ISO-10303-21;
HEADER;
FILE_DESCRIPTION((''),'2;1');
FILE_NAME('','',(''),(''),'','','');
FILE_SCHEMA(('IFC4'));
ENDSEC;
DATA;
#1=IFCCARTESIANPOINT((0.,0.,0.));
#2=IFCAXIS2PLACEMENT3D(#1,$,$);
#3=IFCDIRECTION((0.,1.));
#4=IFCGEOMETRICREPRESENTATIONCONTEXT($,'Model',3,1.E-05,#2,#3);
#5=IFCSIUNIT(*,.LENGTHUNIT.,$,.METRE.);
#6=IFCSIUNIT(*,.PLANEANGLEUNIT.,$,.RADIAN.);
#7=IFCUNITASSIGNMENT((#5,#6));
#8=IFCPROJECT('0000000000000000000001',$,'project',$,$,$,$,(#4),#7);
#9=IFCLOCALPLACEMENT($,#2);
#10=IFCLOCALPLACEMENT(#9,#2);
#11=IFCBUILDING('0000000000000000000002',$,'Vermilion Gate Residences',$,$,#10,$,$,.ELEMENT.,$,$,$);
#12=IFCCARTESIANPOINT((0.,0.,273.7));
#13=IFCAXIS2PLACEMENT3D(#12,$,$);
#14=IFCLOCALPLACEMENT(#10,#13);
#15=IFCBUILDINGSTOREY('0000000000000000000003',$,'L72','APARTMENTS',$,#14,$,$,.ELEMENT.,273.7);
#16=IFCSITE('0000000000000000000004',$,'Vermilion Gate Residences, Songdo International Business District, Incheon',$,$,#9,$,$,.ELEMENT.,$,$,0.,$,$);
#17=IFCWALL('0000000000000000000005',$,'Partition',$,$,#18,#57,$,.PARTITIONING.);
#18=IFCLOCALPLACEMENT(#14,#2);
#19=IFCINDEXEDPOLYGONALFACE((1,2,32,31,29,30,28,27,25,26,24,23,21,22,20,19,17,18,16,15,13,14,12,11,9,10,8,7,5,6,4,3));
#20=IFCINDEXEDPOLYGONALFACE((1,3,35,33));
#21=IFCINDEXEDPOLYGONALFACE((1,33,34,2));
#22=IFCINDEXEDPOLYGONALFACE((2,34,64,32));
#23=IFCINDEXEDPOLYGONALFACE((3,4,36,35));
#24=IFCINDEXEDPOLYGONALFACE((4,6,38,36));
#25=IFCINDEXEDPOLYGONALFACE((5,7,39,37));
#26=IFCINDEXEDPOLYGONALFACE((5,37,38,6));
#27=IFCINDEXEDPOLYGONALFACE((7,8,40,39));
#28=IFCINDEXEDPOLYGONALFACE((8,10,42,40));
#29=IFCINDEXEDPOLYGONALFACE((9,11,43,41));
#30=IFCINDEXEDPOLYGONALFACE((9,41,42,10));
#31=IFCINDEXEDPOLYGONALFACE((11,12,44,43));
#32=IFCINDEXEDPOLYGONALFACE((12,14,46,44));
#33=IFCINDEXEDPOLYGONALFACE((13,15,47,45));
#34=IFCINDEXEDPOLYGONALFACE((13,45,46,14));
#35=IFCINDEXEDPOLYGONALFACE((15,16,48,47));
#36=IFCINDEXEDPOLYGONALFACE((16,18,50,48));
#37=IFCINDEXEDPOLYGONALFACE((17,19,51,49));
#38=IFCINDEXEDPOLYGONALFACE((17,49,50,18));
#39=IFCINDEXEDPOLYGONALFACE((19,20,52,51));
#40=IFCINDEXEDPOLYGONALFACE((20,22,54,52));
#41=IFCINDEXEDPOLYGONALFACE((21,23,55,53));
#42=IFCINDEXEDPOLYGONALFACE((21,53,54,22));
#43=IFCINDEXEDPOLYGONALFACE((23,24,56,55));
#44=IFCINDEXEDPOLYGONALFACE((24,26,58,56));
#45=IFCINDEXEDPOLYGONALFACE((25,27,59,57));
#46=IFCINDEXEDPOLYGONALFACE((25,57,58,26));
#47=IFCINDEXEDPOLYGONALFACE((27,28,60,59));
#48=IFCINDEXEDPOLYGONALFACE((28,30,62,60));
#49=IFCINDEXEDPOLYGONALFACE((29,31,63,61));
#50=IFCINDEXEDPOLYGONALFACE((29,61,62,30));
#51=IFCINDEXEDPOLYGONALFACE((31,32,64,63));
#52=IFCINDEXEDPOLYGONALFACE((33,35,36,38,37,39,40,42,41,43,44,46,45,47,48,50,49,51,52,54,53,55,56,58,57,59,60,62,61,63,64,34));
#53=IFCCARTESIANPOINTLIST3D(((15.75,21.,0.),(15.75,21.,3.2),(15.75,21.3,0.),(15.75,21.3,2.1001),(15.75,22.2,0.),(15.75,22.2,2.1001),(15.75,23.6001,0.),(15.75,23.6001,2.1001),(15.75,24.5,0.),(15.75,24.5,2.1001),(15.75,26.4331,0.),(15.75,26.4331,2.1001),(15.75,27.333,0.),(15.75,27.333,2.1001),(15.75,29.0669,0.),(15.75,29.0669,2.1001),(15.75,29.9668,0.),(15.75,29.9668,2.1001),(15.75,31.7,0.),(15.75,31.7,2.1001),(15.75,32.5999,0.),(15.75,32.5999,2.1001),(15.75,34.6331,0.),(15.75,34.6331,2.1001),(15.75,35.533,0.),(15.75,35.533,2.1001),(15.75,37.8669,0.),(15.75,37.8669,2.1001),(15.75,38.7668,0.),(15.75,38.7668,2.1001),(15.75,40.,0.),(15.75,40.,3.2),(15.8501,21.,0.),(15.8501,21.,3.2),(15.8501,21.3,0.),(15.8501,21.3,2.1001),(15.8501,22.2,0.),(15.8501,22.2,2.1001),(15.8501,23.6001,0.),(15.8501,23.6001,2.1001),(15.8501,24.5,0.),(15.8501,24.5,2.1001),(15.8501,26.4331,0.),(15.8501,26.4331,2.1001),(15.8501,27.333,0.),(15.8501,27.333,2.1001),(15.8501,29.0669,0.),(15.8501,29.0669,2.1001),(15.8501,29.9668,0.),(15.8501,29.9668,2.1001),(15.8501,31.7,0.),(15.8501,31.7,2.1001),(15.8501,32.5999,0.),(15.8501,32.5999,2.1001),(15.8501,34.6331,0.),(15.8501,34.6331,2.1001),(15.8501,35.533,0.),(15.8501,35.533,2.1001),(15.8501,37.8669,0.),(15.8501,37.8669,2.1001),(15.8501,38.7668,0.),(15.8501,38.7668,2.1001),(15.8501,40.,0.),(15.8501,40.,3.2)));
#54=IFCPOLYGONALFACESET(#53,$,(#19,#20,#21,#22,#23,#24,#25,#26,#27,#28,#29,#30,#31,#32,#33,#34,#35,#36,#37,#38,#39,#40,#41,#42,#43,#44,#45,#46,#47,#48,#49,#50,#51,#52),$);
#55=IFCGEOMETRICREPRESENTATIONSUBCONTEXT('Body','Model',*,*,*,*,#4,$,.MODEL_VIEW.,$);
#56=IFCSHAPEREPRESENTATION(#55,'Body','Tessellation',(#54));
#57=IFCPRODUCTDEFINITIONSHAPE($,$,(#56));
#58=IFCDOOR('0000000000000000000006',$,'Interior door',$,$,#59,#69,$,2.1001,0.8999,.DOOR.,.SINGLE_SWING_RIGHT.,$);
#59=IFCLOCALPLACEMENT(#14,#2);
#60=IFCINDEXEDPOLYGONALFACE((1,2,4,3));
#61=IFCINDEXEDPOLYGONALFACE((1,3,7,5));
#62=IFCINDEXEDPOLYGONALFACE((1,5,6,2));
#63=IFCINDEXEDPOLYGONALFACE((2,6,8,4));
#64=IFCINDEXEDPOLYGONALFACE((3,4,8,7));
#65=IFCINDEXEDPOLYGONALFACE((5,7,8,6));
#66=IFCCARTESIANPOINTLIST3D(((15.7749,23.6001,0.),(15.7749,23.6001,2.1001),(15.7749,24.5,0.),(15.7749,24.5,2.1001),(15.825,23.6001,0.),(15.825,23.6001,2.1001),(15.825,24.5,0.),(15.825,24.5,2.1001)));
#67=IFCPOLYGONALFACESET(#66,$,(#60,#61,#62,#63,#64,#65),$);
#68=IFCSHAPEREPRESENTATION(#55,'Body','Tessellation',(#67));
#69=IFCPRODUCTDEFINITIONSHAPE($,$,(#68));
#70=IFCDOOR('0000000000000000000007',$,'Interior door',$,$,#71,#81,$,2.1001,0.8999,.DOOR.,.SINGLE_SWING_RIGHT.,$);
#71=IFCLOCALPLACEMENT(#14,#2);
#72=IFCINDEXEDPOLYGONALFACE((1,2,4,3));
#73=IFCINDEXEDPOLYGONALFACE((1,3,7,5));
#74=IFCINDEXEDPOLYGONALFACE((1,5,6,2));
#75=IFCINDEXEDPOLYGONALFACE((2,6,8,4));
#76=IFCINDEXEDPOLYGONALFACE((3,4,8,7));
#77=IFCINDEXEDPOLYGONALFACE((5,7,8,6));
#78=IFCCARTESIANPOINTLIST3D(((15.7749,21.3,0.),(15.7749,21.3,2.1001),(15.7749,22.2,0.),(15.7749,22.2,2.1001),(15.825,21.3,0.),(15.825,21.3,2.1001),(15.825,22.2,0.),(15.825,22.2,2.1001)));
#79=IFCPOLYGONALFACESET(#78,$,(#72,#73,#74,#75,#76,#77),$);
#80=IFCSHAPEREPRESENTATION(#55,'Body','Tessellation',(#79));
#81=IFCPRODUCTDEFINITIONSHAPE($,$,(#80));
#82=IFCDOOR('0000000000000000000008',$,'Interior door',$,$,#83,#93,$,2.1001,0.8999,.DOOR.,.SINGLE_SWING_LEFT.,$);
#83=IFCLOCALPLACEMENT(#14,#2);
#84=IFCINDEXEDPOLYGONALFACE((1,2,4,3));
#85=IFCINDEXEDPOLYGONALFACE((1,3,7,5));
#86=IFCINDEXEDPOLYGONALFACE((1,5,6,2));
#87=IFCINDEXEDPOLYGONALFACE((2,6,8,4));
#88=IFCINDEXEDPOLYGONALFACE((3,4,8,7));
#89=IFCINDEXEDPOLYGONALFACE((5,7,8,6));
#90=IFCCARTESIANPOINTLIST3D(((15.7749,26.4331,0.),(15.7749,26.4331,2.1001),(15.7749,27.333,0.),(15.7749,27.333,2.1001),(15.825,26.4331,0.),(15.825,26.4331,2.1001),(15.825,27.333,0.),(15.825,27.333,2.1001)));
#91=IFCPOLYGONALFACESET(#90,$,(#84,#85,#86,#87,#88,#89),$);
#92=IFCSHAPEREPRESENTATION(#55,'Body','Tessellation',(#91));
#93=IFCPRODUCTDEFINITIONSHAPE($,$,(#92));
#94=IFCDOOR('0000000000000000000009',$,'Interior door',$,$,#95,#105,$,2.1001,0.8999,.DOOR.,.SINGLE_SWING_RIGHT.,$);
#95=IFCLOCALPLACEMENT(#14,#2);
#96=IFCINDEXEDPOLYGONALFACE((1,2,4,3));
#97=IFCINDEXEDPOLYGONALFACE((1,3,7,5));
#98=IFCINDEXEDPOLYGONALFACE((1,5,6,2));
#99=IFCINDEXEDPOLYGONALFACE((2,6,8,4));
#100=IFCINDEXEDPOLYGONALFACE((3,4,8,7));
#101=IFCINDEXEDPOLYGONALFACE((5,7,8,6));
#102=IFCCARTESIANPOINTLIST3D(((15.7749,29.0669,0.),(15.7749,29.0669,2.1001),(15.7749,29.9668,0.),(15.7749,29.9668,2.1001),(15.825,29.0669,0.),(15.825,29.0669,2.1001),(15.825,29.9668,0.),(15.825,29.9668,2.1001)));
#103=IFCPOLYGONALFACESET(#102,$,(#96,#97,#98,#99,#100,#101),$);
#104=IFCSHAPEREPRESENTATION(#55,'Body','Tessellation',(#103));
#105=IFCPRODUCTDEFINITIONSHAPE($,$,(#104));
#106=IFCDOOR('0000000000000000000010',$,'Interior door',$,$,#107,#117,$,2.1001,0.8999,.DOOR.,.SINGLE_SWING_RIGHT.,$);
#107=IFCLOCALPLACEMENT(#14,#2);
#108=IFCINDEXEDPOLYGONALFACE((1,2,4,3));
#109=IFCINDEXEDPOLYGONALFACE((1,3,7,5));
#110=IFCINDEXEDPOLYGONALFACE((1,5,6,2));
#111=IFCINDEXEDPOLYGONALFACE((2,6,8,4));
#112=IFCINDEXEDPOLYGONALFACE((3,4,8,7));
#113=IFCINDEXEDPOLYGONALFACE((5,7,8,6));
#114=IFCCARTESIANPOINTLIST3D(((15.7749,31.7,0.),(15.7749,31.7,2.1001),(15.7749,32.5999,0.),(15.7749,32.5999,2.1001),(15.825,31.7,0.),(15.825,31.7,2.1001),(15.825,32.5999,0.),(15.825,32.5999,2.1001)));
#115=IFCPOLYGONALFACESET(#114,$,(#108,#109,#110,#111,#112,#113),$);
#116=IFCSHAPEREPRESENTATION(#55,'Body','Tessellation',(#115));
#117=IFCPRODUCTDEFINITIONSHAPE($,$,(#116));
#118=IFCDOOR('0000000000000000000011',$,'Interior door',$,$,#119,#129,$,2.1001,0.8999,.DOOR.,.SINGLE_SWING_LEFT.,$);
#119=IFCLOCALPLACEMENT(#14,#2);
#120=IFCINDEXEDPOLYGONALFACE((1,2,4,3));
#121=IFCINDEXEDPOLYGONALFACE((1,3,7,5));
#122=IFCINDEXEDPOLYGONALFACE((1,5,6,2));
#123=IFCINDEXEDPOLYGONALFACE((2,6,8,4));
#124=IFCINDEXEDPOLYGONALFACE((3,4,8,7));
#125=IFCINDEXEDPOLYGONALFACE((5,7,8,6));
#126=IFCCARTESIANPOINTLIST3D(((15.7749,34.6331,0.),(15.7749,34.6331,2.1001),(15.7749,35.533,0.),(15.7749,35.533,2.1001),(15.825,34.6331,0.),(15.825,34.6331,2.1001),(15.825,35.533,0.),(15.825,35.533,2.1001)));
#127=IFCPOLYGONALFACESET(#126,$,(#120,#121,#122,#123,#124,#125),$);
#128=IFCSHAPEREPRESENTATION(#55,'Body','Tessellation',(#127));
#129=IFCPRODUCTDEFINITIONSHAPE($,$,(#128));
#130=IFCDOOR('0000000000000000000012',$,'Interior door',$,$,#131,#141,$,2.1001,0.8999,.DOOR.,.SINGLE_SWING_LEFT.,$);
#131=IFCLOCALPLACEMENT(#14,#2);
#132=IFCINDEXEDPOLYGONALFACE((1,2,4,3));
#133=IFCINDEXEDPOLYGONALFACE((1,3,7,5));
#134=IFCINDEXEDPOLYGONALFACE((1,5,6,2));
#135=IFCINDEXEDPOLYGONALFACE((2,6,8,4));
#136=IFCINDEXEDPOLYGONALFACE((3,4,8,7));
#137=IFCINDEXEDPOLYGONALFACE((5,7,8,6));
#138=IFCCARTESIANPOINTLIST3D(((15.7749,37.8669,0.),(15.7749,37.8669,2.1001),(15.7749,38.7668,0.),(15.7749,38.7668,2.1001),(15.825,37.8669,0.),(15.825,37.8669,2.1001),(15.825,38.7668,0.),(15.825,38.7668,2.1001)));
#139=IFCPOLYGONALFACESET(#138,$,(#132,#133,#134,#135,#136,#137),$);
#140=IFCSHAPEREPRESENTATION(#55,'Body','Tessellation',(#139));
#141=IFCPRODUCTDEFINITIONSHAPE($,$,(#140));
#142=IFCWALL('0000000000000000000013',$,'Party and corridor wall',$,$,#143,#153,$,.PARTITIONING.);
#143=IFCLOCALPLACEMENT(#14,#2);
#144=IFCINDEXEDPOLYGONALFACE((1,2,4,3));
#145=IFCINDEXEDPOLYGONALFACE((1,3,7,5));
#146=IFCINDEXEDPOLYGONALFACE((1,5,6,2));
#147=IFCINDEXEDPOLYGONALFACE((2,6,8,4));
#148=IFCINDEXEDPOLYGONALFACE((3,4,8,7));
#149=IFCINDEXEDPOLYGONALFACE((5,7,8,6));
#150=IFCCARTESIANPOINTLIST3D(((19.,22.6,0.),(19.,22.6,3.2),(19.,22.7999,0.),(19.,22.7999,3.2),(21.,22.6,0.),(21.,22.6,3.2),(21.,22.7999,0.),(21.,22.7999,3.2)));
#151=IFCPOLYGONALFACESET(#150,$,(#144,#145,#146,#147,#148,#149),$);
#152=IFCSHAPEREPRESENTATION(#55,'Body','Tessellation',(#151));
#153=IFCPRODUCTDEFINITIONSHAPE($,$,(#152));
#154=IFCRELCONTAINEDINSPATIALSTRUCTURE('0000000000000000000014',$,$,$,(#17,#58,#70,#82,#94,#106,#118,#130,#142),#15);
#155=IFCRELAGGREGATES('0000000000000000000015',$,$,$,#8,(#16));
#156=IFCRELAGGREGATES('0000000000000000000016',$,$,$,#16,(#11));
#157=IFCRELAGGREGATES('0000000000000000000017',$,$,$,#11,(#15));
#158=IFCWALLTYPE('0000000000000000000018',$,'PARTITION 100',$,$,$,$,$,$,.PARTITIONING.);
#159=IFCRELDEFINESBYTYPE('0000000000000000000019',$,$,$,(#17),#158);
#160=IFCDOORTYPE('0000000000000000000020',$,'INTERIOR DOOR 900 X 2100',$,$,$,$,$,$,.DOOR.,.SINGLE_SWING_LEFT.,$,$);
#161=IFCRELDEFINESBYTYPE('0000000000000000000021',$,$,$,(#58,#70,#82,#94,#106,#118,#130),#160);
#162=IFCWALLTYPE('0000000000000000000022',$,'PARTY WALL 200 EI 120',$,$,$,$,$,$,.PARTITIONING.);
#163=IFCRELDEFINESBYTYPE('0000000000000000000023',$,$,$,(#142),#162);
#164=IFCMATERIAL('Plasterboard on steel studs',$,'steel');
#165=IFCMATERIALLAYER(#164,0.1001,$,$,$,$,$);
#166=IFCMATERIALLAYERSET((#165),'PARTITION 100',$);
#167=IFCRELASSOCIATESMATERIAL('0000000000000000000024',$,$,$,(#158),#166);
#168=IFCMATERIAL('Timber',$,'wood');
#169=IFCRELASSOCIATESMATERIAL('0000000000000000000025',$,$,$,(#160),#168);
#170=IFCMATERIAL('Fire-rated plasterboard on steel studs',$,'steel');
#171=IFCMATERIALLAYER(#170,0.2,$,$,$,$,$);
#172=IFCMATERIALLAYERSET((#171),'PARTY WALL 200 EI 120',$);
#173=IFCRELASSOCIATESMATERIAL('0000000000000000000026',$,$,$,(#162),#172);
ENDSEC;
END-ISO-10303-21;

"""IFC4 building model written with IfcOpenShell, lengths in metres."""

from ifc_helpers import new_model, si_unit, direction, frame, frame_2d, origin, place, context, subcontext, project, spatial, rectangle, extrude, material, layer, layer_set, type_object, element, fill, save


model = new_model("IFC4")

# Units and contexts
model_context = context("Model", 3, precision=1e-05, world=origin(), true_north=direction((0.0, 1.0)))
body_context = subcontext(model_context, "Body", "Model", "MODEL_VIEW")
ifc_project = project(units=[si_unit("LENGTHUNIT", "METRE"), si_unit("PLANEANGLEUNIT", "RADIAN")], contexts=[model_context])

# Site, building, storey
site_placement = place(None, origin())
site = spatial("IfcSite", under=ifc_project, at=site_placement, Name="Vermilion Gate Residences, Songdo International Business District, Incheon", CompositionType="ELEMENT", RefElevation=0.0)
building_placement = place(site_placement, origin())
building = spatial("IfcBuilding", under=site, at=building_placement, Name="Vermilion Gate Residences", CompositionType="ELEMENT")
storey_placement = place(building_placement, frame((0.0, 0.0, 273.7)))
storey = spatial("IfcBuildingStorey", under=building, at=storey_placement, Name="L72", Description="APARTMENTS", CompositionType="ELEMENT", Elevation=273.7)

# Shared definitions
ifc_material_1 = material(Name="Plasterboard on steel studs", Category="steel")
ifc_layer_1 = layer(ifc_material_1, 0.1001)
ifc_layer_set_1 = layer_set([ifc_layer_1], Name="PARTITION 100")
wall_type_1 = type_object("IfcWallType", Name="PARTITION 100", PredefinedType="PARTITIONING", material=ifc_layer_set_1)

# Wall, openings, doors
ifc_material_2 = material(Name="Timber", Category="wood")
door_type_1 = type_object("IfcDoorType", Name="INTERIOR DOOR 900 X 2100", OperationType="SINGLE_SWING_LEFT", PredefinedType="DOOR", material=ifc_material_2)
wall_1_placement = place(storey_placement, frame((15.8, 21.0, 0.0), z_axis=(0.0, 0.0, 1.0), x_axis=(0.0, 1.0, 0.0)))
wall_1 = element("IfcWall", 1, at=wall_1_placement, inside=storey, type_object=wall_type_1, Name="Partition", PredefinedType="PARTITIONING", context=body_context, shape_type="SweptSolid", body=[
    extrude(rectangle(XDim=19.0, YDim=0.1001, at=frame_2d((9.5, 0.0))), origin(), (0.0, 0.0, 1.0), 3.2),
])
opening_1_placement = place(wall_1_placement, frame((2.6001, 0.0, 0.0)))
opening_1 = element("IfcOpeningElement", 2, at=opening_1_placement, cuts=wall_1, PredefinedType="OPENING", context=body_context, shape_type="SweptSolid", body=[
    extrude(rectangle(XDim=0.8999, YDim=2.1001, at=frame_2d((0.45, 1.05))), frame((0.0, 0.0601, 0.0), z_axis=(0.0, -1.0, 0.0), x_axis=(1.0, 0.0, 0.0)), (0.0, 0.0, 1.0), 0.1201),
])
opening_2_placement = place(wall_1_placement, frame((0.3, 0.0, 0.0)))
opening_2 = element("IfcOpeningElement", 3, at=opening_2_placement, cuts=wall_1, PredefinedType="OPENING", context=body_context, shape_type="SweptSolid", body=[
    extrude(rectangle(XDim=0.8999, YDim=2.1001, at=frame_2d((0.45, 1.05))), frame((0.0, 0.0601, 0.0), z_axis=(0.0, -1.0, 0.0), x_axis=(1.0, 0.0, 0.0)), (0.0, 0.0, 1.0), 0.1201),
])
opening_3_placement = place(wall_1_placement, frame((5.4331, 0.0, 0.0)))
opening_3 = element("IfcOpeningElement", 4, at=opening_3_placement, cuts=wall_1, PredefinedType="OPENING", context=body_context, shape_type="SweptSolid", body=[
    extrude(rectangle(XDim=0.8999, YDim=2.1001, at=frame_2d((0.45, 1.05))), frame((0.0, 0.0601, 0.0), z_axis=(0.0, -1.0, 0.0), x_axis=(1.0, 0.0, 0.0)), (0.0, 0.0, 1.0), 0.1201),
])
opening_4_placement = place(wall_1_placement, frame((8.0669, 0.0, 0.0)))
opening_4 = element("IfcOpeningElement", 5, at=opening_4_placement, cuts=wall_1, PredefinedType="OPENING", context=body_context, shape_type="SweptSolid", body=[
    extrude(rectangle(XDim=0.8999, YDim=2.1001, at=frame_2d((0.45, 1.05))), frame((0.0, 0.0601, 0.0), z_axis=(0.0, -1.0, 0.0), x_axis=(1.0, 0.0, 0.0)), (0.0, 0.0, 1.0), 0.1201),
])
opening_5_placement = place(wall_1_placement, frame((10.7, 0.0, 0.0)))
opening_5 = element("IfcOpeningElement", 6, at=opening_5_placement, cuts=wall_1, PredefinedType="OPENING", context=body_context, shape_type="SweptSolid", body=[
    extrude(rectangle(XDim=0.8999, YDim=2.1001, at=frame_2d((0.45, 1.05))), frame((0.0, 0.0601, 0.0), z_axis=(0.0, -1.0, 0.0), x_axis=(1.0, 0.0, 0.0)), (0.0, 0.0, 1.0), 0.1201),
])
opening_6_placement = place(wall_1_placement, frame((13.6331, 0.0, 0.0)))
opening_6 = element("IfcOpeningElement", 7, at=opening_6_placement, cuts=wall_1, PredefinedType="OPENING", context=body_context, shape_type="SweptSolid", body=[
    extrude(rectangle(XDim=0.8999, YDim=2.1001, at=frame_2d((0.45, 1.05))), frame((0.0, 0.0601, 0.0), z_axis=(0.0, -1.0, 0.0), x_axis=(1.0, 0.0, 0.0)), (0.0, 0.0, 1.0), 0.1201),
])
opening_7_placement = place(wall_1_placement, frame((16.8669, 0.0, 0.0)))
opening_7 = element("IfcOpeningElement", 8, at=opening_7_placement, cuts=wall_1, PredefinedType="OPENING", context=body_context, shape_type="SweptSolid", body=[
    extrude(rectangle(XDim=0.8999, YDim=2.1001, at=frame_2d((0.45, 1.05))), frame((0.0, 0.0601, 0.0), z_axis=(0.0, -1.0, 0.0), x_axis=(1.0, 0.0, 0.0)), (0.0, 0.0, 1.0), 0.1201),
])
door_1_placement = place(opening_1_placement, frame((0.8999, 0.0, 0.0), z_axis=(0.0, 0.0, 1.0), x_axis=(-1.0, 0.0, 0.0)))
door_1 = element("IfcDoor", 9, at=door_1_placement, inside=storey, type_object=door_type_1, Name="Interior door", OperationType="SINGLE_SWING_RIGHT", OverallHeight=2.1001, OverallWidth=0.8999, PredefinedType="DOOR", context=body_context, shape_type="SweptSolid", body=[
    extrude(rectangle(XDim=0.8999, YDim=2.1001, at=frame_2d((0.45, 1.05))), frame((0.0, 0.0249, 0.0), z_axis=(0.0, -1.0, 0.0), x_axis=(1.0, 0.0, 0.0)), (0.0, 0.0, 1.0), 0.05),
])
fill(opening_1, door_1)
door_2_placement = place(opening_2_placement, frame((0.8999, 0.0, 0.0), z_axis=(0.0, 0.0, 1.0), x_axis=(-1.0, 0.0, 0.0)))
door_2 = element("IfcDoor", 10, at=door_2_placement, inside=storey, type_object=door_type_1, Name="Interior door", OperationType="SINGLE_SWING_RIGHT", OverallHeight=2.1001, OverallWidth=0.8999, PredefinedType="DOOR", context=body_context, shape_type="SweptSolid", body=[
    extrude(rectangle(XDim=0.8999, YDim=2.1001, at=frame_2d((0.45, 1.05))), frame((0.0, 0.0249, 0.0), z_axis=(0.0, -1.0, 0.0), x_axis=(1.0, 0.0, 0.0)), (0.0, 0.0, 1.0), 0.05),
])
fill(opening_2, door_2)
door_3_placement = place(opening_3_placement, frame((0.8999, 0.0, 0.0), z_axis=(0.0, 0.0, 1.0), x_axis=(-1.0, 0.0, 0.0)))
door_3 = element("IfcDoor", 11, at=door_3_placement, inside=storey, type_object=door_type_1, Name="Interior door", OperationType="SINGLE_SWING_LEFT", OverallHeight=2.1001, OverallWidth=0.8999, PredefinedType="DOOR", context=body_context, shape_type="SweptSolid", body=[
    extrude(rectangle(XDim=0.8999, YDim=2.1001, at=frame_2d((0.45, 1.05))), frame((0.0, 0.0249, 0.0), z_axis=(0.0, -1.0, 0.0), x_axis=(1.0, 0.0, 0.0)), (0.0, 0.0, 1.0), 0.05),
])
fill(opening_3, door_3)
door_4_placement = place(opening_4_placement, frame((0.8999, 0.0, 0.0), z_axis=(0.0, 0.0, 1.0), x_axis=(-1.0, 0.0, 0.0)))
door_4 = element("IfcDoor", 12, at=door_4_placement, inside=storey, type_object=door_type_1, Name="Interior door", OperationType="SINGLE_SWING_RIGHT", OverallHeight=2.1001, OverallWidth=0.8999, PredefinedType="DOOR", context=body_context, shape_type="SweptSolid", body=[
    extrude(rectangle(XDim=0.8999, YDim=2.1001, at=frame_2d((0.45, 1.05))), frame((0.0, 0.0249, 0.0), z_axis=(0.0, -1.0, 0.0), x_axis=(1.0, 0.0, 0.0)), (0.0, 0.0, 1.0), 0.05),
])
fill(opening_4, door_4)
door_5_placement = place(opening_5_placement, frame((0.8999, 0.0, 0.0), z_axis=(0.0, 0.0, 1.0), x_axis=(-1.0, 0.0, 0.0)))
door_5 = element("IfcDoor", 13, at=door_5_placement, inside=storey, type_object=door_type_1, Name="Interior door", OperationType="SINGLE_SWING_RIGHT", OverallHeight=2.1001, OverallWidth=0.8999, PredefinedType="DOOR", context=body_context, shape_type="SweptSolid", body=[
    extrude(rectangle(XDim=0.8999, YDim=2.1001, at=frame_2d((0.45, 1.05))), frame((0.0, 0.0249, 0.0), z_axis=(0.0, -1.0, 0.0), x_axis=(1.0, 0.0, 0.0)), (0.0, 0.0, 1.0), 0.05),
])
fill(opening_5, door_5)
door_6_placement = place(opening_6_placement, frame((0.8999, 0.0, 0.0), z_axis=(0.0, 0.0, 1.0), x_axis=(-1.0, 0.0, 0.0)))
door_6 = element("IfcDoor", 14, at=door_6_placement, inside=storey, type_object=door_type_1, Name="Interior door", OperationType="SINGLE_SWING_LEFT", OverallHeight=2.1001, OverallWidth=0.8999, PredefinedType="DOOR", context=body_context, shape_type="SweptSolid", body=[
    extrude(rectangle(XDim=0.8999, YDim=2.1001, at=frame_2d((0.45, 1.05))), frame((0.0, 0.0249, 0.0), z_axis=(0.0, -1.0, 0.0), x_axis=(1.0, 0.0, 0.0)), (0.0, 0.0, 1.0), 0.05),
])
fill(opening_6, door_6)
door_7_placement = place(opening_7_placement, frame((0.8999, 0.0, 0.0), z_axis=(0.0, 0.0, 1.0), x_axis=(-1.0, 0.0, 0.0)))
door_7 = element("IfcDoor", 15, at=door_7_placement, inside=storey, type_object=door_type_1, Name="Interior door", OperationType="SINGLE_SWING_LEFT", OverallHeight=2.1001, OverallWidth=0.8999, PredefinedType="DOOR", context=body_context, shape_type="SweptSolid", body=[
    extrude(rectangle(XDim=0.8999, YDim=2.1001, at=frame_2d((0.45, 1.05))), frame((0.0, 0.0249, 0.0), z_axis=(0.0, -1.0, 0.0), x_axis=(1.0, 0.0, 0.0)), (0.0, 0.0, 1.0), 0.05),
])
fill(opening_7, door_7)

# Wall
ifc_material_3 = material(Name="Fire-rated plasterboard on steel studs", Category="steel")
ifc_layer_2 = layer(ifc_material_3, 0.2)
ifc_layer_set_2 = layer_set([ifc_layer_2], Name="PARTY WALL 200 EI 120")
wall_type_2 = type_object("IfcWallType", Name="PARTY WALL 200 EI 120", PredefinedType="PARTITIONING", material=ifc_layer_set_2)
wall_2_placement = place(storey_placement, frame((19.0, 22.7, 0.0), z_axis=(0.0, 0.0, 1.0), x_axis=(1.0, 0.0, 0.0)))
element("IfcWall", 16, at=wall_2_placement, inside=storey, type_object=wall_type_2, Name="Party and corridor wall", PredefinedType="PARTITIONING", context=body_context, shape_type="SweptSolid", body=[
    extrude(rectangle(XDim=2.0, YDim=0.2, at=frame_2d((1.0, 0.0))), origin(), (0.0, 0.0, 1.0), 3.2),
])

save(model, "model.ifc")
